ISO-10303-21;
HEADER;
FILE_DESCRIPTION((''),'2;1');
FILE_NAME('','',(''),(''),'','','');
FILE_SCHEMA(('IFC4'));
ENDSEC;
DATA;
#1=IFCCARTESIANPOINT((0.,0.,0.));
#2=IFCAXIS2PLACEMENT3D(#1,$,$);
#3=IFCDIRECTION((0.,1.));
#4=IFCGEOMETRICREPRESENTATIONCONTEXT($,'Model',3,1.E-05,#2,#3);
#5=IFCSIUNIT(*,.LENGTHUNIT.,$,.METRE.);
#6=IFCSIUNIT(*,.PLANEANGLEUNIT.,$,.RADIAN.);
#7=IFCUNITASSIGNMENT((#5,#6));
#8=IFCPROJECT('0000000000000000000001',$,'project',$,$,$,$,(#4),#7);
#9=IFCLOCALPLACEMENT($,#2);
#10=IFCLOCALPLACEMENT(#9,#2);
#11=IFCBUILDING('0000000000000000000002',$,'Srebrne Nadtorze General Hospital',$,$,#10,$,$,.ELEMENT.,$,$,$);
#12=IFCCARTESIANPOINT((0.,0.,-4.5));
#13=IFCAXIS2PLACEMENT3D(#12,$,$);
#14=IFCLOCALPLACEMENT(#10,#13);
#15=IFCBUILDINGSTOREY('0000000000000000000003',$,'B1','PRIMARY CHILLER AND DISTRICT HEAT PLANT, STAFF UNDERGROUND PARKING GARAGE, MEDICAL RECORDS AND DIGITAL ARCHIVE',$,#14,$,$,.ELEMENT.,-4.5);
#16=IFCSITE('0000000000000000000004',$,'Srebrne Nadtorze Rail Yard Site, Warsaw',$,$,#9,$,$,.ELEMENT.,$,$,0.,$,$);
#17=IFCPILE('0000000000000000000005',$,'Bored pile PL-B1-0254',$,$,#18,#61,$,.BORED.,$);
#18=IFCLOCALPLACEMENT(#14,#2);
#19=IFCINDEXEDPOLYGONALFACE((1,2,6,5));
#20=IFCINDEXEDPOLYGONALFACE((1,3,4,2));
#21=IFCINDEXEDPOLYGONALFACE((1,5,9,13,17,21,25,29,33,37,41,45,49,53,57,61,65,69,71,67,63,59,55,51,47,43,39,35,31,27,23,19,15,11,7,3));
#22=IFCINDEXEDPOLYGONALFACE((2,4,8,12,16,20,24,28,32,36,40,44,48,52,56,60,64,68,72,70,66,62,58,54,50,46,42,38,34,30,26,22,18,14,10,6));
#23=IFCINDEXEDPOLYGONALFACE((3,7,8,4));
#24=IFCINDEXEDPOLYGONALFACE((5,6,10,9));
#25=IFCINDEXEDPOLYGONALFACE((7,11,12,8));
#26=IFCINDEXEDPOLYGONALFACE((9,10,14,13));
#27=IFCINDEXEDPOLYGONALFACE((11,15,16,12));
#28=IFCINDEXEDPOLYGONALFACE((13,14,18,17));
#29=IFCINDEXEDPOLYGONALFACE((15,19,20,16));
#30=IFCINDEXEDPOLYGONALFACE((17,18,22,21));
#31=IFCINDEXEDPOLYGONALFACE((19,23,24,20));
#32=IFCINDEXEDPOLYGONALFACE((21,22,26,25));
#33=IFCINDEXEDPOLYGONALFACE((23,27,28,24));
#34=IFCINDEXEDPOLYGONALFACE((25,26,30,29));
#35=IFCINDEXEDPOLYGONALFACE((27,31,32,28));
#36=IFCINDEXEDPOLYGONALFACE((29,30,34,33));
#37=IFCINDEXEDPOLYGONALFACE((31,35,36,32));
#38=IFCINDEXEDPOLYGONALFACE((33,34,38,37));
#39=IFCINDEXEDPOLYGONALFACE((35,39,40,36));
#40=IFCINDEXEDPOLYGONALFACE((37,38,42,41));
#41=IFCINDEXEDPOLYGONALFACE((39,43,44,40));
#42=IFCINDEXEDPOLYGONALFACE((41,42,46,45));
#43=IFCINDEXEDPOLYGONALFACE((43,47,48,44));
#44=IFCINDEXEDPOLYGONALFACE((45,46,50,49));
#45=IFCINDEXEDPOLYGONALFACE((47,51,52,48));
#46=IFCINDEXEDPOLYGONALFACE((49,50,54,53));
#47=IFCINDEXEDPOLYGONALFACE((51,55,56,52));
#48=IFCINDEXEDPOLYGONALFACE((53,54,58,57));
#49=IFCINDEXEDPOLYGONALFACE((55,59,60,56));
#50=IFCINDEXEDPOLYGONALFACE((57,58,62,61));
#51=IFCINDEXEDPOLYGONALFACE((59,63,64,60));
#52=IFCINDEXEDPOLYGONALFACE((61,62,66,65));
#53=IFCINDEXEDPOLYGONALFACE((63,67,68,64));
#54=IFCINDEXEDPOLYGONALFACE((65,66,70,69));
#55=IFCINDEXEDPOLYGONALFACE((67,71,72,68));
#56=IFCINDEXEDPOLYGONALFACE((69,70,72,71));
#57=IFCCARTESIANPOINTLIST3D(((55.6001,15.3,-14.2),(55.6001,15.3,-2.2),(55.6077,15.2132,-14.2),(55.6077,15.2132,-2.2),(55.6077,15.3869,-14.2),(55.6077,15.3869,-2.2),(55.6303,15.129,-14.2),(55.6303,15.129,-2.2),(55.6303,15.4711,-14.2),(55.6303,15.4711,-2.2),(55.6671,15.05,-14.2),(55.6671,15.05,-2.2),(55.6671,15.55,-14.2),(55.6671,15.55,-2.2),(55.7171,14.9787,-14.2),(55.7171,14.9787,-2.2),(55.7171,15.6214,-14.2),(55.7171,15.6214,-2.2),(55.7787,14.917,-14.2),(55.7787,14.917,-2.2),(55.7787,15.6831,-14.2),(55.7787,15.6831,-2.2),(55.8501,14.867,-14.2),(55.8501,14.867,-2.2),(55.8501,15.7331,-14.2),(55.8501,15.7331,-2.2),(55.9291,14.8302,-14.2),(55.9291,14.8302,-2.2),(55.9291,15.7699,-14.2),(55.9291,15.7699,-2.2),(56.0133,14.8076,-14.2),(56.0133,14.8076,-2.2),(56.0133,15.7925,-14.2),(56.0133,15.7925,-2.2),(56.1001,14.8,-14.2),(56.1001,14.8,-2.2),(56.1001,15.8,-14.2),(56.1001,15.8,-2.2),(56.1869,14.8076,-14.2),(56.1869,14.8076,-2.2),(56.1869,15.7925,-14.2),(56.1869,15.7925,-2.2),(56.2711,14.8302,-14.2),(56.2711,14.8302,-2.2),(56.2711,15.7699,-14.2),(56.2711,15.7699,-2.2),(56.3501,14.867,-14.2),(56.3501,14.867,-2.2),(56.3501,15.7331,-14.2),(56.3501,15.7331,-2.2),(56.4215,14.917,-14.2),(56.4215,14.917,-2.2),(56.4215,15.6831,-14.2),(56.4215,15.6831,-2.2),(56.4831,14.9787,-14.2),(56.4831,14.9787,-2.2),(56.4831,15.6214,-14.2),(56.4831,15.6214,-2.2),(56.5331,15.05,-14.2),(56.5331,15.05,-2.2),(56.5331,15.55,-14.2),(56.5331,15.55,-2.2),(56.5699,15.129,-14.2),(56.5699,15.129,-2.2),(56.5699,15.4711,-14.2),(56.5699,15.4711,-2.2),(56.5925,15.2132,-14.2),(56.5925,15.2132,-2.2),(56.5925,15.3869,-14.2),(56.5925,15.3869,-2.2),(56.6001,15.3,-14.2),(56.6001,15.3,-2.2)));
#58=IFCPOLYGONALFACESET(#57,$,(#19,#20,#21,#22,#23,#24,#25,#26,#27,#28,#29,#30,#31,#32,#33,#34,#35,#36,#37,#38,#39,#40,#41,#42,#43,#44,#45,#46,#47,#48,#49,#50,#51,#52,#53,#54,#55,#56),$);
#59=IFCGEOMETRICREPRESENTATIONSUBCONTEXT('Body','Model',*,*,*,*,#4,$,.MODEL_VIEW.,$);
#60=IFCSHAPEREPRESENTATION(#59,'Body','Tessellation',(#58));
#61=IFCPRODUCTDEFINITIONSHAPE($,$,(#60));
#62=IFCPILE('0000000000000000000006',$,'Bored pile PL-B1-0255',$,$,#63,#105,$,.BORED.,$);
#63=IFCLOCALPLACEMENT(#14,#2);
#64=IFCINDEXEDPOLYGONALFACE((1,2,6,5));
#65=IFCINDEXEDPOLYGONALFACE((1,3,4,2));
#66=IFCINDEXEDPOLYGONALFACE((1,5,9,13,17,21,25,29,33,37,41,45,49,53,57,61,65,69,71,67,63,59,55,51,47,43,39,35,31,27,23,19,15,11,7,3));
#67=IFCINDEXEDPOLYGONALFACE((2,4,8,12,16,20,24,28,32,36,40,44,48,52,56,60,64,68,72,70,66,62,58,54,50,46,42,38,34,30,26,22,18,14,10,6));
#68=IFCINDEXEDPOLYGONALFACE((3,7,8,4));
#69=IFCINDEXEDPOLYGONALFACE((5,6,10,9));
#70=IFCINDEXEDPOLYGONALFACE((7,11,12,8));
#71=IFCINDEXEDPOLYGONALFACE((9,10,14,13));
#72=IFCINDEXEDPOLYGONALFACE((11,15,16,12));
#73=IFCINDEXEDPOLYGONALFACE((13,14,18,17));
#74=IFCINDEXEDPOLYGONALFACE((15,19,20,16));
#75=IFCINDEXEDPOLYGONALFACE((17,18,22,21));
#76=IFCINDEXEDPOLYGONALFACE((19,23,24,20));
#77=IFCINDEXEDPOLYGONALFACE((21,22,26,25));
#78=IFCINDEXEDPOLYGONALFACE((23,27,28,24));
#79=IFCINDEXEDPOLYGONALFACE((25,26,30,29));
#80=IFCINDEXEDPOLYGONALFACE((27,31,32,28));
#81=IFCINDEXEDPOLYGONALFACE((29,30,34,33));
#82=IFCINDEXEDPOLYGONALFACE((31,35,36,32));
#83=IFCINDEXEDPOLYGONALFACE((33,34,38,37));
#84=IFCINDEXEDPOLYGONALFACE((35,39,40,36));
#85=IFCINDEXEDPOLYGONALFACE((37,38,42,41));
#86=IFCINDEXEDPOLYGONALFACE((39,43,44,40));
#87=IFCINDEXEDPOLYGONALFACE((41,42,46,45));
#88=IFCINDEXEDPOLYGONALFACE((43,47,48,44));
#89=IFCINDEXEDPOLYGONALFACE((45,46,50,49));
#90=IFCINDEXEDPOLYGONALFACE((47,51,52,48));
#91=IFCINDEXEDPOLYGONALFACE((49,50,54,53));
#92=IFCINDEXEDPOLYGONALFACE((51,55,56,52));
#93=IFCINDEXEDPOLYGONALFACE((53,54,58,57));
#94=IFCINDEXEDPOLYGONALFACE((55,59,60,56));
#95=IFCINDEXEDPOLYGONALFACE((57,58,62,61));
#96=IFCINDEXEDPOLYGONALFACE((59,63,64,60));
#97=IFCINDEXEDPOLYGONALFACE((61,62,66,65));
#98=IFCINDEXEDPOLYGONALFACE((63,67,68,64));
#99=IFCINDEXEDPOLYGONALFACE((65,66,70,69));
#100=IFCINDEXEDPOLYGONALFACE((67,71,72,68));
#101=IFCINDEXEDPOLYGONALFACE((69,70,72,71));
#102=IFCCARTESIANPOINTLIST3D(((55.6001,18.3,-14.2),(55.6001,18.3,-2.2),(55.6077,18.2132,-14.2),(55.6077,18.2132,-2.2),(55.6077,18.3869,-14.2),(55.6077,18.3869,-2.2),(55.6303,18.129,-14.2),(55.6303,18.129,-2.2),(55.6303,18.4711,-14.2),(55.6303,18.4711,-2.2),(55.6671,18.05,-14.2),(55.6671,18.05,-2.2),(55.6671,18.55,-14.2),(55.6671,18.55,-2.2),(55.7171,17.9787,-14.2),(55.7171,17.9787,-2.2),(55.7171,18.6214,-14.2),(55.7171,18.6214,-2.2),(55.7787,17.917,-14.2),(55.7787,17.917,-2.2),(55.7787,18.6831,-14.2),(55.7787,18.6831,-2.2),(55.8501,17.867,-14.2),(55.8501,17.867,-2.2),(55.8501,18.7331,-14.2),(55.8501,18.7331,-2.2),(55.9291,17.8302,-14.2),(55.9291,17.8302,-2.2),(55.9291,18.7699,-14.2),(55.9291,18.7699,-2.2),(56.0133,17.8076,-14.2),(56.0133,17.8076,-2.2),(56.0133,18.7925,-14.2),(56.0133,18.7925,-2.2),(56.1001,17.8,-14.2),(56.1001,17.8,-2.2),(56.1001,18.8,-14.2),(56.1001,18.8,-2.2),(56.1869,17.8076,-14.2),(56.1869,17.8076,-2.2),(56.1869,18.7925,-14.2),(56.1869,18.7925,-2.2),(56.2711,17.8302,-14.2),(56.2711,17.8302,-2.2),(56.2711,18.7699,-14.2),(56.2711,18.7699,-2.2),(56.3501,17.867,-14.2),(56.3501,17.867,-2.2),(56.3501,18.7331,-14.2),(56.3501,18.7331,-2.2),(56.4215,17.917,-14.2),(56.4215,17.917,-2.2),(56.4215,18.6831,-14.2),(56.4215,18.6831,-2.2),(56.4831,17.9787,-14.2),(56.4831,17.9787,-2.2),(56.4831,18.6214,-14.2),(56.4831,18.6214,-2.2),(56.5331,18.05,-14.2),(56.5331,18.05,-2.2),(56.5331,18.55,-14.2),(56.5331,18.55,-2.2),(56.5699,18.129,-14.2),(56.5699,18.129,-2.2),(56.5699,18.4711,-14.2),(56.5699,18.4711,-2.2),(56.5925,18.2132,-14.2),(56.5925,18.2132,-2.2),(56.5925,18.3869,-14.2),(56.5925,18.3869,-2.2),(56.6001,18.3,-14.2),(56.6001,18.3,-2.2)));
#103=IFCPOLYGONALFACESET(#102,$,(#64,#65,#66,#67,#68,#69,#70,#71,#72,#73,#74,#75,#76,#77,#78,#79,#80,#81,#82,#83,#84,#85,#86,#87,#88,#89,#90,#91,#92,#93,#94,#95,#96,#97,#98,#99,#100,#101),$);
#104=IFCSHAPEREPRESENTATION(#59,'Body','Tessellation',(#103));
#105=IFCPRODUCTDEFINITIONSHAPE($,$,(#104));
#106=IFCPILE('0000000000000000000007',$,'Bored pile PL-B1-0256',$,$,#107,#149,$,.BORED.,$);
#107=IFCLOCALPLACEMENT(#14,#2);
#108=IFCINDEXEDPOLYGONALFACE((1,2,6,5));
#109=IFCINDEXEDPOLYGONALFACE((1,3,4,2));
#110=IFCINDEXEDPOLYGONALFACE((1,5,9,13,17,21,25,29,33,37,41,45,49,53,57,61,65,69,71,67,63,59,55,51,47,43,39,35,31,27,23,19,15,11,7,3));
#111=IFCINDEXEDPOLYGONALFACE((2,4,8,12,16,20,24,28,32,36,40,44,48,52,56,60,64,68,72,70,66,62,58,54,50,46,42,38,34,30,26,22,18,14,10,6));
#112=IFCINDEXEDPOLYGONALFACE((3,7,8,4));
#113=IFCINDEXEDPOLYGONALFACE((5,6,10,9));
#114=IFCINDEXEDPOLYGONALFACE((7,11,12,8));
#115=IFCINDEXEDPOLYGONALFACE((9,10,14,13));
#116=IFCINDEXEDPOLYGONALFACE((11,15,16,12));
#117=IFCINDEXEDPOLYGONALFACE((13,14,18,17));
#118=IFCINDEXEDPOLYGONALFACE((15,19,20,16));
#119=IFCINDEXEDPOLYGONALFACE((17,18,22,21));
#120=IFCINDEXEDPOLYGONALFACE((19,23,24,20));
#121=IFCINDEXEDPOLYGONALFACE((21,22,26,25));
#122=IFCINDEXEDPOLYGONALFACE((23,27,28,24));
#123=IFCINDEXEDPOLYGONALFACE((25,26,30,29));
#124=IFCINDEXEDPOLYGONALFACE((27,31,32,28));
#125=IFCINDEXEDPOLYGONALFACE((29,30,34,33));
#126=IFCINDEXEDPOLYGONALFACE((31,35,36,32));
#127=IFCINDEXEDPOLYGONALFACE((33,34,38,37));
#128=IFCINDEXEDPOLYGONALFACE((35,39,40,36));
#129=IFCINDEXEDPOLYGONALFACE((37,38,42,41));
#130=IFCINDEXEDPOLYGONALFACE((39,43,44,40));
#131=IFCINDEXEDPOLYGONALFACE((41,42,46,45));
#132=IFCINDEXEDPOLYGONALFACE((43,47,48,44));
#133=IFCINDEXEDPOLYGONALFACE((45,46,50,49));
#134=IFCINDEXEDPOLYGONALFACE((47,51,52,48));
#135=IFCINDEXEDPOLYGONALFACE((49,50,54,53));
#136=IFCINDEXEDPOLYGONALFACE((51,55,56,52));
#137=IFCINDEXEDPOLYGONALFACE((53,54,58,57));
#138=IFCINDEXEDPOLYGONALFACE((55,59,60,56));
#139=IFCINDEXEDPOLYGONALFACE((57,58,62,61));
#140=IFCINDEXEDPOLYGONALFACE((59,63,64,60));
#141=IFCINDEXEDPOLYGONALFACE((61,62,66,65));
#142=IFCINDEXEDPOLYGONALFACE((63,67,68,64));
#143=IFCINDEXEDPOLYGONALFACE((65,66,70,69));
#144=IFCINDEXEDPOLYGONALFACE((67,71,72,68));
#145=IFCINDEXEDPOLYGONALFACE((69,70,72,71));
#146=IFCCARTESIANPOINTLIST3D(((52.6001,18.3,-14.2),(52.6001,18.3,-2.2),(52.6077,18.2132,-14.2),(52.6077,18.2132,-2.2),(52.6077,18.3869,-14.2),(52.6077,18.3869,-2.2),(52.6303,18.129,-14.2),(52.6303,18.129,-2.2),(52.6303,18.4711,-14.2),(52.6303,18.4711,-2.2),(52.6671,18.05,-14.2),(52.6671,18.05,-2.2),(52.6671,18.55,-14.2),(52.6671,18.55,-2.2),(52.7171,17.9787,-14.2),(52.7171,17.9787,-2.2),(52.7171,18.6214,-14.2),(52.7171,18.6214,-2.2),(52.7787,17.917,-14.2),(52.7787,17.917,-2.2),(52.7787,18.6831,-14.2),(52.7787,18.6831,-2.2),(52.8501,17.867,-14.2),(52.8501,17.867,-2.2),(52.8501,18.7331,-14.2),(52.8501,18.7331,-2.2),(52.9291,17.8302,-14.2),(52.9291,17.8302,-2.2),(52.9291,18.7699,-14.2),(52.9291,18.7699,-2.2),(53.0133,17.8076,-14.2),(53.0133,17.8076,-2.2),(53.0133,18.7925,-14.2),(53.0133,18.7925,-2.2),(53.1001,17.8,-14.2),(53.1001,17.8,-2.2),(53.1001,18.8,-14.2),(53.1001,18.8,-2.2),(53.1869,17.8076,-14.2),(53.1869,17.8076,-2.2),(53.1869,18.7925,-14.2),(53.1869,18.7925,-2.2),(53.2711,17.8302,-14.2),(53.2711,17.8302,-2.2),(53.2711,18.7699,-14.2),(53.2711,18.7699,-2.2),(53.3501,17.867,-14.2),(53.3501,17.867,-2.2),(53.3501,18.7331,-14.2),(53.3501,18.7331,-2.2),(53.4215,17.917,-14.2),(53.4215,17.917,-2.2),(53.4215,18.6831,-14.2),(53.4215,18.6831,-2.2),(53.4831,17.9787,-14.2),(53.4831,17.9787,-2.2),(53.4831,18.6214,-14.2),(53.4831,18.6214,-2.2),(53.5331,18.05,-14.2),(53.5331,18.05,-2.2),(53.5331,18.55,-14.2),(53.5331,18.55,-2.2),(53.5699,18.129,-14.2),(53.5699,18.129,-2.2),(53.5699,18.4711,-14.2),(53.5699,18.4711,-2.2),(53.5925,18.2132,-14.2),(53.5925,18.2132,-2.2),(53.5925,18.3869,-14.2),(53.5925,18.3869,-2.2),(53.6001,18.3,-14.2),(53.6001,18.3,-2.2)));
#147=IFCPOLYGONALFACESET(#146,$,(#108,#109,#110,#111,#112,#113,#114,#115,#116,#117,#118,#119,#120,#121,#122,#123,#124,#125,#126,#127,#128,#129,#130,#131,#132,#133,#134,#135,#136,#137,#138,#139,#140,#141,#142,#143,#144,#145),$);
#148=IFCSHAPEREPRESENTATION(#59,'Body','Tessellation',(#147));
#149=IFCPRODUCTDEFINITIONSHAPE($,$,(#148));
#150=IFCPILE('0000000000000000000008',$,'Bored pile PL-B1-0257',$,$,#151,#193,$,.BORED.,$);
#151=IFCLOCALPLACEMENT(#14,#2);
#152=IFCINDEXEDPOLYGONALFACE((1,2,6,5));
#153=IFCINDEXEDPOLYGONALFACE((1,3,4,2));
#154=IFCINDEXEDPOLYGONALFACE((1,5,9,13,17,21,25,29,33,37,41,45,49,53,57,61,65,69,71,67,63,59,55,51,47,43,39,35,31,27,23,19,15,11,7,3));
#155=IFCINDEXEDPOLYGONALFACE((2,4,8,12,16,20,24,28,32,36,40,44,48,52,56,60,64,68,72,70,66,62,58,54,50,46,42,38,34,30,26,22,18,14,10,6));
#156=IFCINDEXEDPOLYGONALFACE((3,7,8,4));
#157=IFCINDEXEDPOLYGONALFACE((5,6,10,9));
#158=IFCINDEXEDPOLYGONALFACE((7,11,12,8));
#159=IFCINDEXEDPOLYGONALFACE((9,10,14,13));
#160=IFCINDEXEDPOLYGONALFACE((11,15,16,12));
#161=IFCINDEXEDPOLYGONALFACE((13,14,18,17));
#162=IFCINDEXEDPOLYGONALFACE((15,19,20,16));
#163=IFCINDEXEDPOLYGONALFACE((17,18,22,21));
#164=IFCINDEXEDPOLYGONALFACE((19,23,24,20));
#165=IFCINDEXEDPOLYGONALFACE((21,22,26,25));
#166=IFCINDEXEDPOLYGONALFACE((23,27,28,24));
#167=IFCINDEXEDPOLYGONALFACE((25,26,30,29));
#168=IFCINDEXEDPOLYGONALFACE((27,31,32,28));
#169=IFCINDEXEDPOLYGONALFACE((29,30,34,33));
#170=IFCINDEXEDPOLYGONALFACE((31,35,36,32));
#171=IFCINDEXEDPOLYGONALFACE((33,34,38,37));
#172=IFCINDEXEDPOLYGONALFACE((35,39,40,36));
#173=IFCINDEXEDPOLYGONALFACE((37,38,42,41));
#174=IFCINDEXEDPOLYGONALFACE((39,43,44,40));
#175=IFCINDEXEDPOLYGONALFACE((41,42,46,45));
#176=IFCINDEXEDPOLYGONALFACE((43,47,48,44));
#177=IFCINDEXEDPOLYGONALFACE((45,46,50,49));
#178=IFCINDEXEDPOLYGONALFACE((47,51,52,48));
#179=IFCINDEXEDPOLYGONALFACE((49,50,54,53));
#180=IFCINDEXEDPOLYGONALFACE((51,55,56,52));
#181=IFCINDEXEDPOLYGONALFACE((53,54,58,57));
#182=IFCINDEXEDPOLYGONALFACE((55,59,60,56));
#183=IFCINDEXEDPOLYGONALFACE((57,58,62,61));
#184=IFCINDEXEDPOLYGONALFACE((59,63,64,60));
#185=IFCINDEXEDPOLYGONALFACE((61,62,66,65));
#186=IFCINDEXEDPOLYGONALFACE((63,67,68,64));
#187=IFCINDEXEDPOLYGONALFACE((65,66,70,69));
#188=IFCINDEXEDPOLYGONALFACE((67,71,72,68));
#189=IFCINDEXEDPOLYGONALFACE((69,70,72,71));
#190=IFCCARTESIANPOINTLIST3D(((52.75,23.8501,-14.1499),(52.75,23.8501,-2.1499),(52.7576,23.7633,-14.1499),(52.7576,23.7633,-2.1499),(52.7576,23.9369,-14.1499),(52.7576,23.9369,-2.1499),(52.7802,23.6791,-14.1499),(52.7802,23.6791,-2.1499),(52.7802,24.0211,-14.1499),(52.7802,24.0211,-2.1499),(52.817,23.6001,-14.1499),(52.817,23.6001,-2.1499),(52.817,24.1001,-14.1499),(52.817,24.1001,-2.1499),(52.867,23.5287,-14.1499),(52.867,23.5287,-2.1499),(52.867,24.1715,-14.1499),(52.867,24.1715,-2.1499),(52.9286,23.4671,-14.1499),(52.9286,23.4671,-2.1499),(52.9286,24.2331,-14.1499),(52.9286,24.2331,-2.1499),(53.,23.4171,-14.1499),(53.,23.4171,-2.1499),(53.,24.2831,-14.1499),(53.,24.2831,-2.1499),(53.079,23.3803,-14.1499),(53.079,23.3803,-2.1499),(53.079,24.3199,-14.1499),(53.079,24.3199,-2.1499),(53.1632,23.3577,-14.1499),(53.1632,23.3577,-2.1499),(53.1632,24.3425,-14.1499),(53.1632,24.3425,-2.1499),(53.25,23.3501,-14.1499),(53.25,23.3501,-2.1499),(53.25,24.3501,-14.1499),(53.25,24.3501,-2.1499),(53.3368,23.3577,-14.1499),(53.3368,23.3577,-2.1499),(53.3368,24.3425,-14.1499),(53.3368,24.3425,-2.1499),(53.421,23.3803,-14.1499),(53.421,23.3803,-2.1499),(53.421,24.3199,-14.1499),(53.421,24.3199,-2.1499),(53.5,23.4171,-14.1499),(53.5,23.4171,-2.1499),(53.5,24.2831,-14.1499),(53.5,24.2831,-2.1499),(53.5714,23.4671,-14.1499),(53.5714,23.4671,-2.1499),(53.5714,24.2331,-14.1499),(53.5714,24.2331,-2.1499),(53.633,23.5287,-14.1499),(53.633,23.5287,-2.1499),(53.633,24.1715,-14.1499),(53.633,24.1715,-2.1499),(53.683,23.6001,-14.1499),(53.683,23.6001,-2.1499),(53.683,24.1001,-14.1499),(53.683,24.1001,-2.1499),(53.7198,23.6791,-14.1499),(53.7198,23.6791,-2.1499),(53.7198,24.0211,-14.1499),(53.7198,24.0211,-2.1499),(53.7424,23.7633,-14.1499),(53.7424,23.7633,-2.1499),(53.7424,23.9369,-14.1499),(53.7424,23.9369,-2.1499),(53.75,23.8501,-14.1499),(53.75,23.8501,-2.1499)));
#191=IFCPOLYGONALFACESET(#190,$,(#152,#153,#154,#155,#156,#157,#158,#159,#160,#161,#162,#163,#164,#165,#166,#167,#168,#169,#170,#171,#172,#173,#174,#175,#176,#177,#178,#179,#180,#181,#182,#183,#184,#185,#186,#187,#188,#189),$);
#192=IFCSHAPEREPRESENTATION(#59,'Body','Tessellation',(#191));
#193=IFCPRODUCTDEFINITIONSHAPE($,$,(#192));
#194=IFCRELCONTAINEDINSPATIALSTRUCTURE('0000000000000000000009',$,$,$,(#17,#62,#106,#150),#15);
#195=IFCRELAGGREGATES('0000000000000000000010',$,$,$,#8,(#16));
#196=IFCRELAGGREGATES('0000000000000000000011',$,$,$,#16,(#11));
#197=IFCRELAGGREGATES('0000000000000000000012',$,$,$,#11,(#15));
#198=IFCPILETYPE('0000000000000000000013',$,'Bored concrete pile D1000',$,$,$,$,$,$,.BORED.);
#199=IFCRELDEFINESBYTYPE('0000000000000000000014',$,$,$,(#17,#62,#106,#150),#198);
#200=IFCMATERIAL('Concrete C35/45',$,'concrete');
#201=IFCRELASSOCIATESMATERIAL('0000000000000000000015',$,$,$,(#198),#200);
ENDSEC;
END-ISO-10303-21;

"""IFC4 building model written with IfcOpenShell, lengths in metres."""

from ifc_helpers import new_model, si_unit, direction, frame, origin, origin_2d, place, context, subcontext, project, spatial, circle, extrude, material, material_profile, profile_set, type_object, element, save


model = new_model("IFC4")

# Units and contexts
model_context = context("Model", 3, precision=1e-05, world=origin(), true_north=direction((0.0, 1.0)))
body_context = subcontext(model_context, "Body", "Model", "MODEL_VIEW")
ifc_project = project(units=[si_unit("LENGTHUNIT", "METRE"), si_unit("PLANEANGLEUNIT", "RADIAN")], contexts=[model_context])

# Site, building, storey
site_placement = place(None, origin())
site = spatial("IfcSite", under=ifc_project, at=site_placement, Name="Srebrne Nadtorze Rail Yard Site, Warsaw", CompositionType="ELEMENT", RefElevation=0.0)
building_placement = place(site_placement, origin())
building = spatial("IfcBuilding", under=site, at=building_placement, Name="Srebrne Nadtorze General Hospital", CompositionType="ELEMENT")
storey_placement = place(building_placement, frame((0.0, 0.0, -4.5)))
storey = spatial("IfcBuildingStorey", under=building, at=storey_placement, Name="B1", Description="PRIMARY CHILLER AND DISTRICT HEAT PLANT, STAFF UNDERGROUND PARKING GARAGE, MEDICAL RECORDS AND DIGITAL ARCHIVE", CompositionType="ELEMENT", Elevation=-4.5)

# Piles
ifc_material_1 = material(Name="Concrete C35/45", Category="concrete")
ifc_material_profile_1 = material_profile(ifc_material_1, circle(Radius=0.5, at=origin_2d()), Name="PILE-D1000")
ifc_profile_set_1 = profile_set([ifc_material_profile_1], Name="Concrete C35/45")
pile_type_1 = type_object("IfcPileType", Name="Bored concrete pile D1000", PredefinedType="BORED", material=ifc_profile_set_1)
for number, where, z_axis, x_axis, name in (
    (1, (56.1001, 15.3, -2.2), (0.0, 0.0, -1.0), (1.0, 0.0, 0.0), "Bored pile PL-B1-0254"),
    (2, (56.1001, 18.3, -2.2), (0.0, 0.0, -1.0), (1.0, 0.0, 0.0), "Bored pile PL-B1-0255"),
    (3, (53.1001, 18.3, -2.2), (0.0, 0.0, -1.0), (1.0, 0.0, 0.0), "Bored pile PL-B1-0256"),
    (4, (53.25, 23.8501, -2.1499), (0.0, 0.0, -1.0), (1.0, 0.0, 0.0), "Bored pile PL-B1-0257"),
):
    element("IfcPile", number, at=place(storey_placement, frame(where, z_axis=z_axis, x_axis=x_axis)), inside=storey, type_object=pile_type_1, Name=name, PredefinedType="BORED", context=body_context, shape_type="SweptSolid", body=[
        extrude(circle(Radius=0.5, at=origin_2d()), origin(), (0.0, 0.0, 1.0), 12.0),
    ])

save(model, "model.ifc")
